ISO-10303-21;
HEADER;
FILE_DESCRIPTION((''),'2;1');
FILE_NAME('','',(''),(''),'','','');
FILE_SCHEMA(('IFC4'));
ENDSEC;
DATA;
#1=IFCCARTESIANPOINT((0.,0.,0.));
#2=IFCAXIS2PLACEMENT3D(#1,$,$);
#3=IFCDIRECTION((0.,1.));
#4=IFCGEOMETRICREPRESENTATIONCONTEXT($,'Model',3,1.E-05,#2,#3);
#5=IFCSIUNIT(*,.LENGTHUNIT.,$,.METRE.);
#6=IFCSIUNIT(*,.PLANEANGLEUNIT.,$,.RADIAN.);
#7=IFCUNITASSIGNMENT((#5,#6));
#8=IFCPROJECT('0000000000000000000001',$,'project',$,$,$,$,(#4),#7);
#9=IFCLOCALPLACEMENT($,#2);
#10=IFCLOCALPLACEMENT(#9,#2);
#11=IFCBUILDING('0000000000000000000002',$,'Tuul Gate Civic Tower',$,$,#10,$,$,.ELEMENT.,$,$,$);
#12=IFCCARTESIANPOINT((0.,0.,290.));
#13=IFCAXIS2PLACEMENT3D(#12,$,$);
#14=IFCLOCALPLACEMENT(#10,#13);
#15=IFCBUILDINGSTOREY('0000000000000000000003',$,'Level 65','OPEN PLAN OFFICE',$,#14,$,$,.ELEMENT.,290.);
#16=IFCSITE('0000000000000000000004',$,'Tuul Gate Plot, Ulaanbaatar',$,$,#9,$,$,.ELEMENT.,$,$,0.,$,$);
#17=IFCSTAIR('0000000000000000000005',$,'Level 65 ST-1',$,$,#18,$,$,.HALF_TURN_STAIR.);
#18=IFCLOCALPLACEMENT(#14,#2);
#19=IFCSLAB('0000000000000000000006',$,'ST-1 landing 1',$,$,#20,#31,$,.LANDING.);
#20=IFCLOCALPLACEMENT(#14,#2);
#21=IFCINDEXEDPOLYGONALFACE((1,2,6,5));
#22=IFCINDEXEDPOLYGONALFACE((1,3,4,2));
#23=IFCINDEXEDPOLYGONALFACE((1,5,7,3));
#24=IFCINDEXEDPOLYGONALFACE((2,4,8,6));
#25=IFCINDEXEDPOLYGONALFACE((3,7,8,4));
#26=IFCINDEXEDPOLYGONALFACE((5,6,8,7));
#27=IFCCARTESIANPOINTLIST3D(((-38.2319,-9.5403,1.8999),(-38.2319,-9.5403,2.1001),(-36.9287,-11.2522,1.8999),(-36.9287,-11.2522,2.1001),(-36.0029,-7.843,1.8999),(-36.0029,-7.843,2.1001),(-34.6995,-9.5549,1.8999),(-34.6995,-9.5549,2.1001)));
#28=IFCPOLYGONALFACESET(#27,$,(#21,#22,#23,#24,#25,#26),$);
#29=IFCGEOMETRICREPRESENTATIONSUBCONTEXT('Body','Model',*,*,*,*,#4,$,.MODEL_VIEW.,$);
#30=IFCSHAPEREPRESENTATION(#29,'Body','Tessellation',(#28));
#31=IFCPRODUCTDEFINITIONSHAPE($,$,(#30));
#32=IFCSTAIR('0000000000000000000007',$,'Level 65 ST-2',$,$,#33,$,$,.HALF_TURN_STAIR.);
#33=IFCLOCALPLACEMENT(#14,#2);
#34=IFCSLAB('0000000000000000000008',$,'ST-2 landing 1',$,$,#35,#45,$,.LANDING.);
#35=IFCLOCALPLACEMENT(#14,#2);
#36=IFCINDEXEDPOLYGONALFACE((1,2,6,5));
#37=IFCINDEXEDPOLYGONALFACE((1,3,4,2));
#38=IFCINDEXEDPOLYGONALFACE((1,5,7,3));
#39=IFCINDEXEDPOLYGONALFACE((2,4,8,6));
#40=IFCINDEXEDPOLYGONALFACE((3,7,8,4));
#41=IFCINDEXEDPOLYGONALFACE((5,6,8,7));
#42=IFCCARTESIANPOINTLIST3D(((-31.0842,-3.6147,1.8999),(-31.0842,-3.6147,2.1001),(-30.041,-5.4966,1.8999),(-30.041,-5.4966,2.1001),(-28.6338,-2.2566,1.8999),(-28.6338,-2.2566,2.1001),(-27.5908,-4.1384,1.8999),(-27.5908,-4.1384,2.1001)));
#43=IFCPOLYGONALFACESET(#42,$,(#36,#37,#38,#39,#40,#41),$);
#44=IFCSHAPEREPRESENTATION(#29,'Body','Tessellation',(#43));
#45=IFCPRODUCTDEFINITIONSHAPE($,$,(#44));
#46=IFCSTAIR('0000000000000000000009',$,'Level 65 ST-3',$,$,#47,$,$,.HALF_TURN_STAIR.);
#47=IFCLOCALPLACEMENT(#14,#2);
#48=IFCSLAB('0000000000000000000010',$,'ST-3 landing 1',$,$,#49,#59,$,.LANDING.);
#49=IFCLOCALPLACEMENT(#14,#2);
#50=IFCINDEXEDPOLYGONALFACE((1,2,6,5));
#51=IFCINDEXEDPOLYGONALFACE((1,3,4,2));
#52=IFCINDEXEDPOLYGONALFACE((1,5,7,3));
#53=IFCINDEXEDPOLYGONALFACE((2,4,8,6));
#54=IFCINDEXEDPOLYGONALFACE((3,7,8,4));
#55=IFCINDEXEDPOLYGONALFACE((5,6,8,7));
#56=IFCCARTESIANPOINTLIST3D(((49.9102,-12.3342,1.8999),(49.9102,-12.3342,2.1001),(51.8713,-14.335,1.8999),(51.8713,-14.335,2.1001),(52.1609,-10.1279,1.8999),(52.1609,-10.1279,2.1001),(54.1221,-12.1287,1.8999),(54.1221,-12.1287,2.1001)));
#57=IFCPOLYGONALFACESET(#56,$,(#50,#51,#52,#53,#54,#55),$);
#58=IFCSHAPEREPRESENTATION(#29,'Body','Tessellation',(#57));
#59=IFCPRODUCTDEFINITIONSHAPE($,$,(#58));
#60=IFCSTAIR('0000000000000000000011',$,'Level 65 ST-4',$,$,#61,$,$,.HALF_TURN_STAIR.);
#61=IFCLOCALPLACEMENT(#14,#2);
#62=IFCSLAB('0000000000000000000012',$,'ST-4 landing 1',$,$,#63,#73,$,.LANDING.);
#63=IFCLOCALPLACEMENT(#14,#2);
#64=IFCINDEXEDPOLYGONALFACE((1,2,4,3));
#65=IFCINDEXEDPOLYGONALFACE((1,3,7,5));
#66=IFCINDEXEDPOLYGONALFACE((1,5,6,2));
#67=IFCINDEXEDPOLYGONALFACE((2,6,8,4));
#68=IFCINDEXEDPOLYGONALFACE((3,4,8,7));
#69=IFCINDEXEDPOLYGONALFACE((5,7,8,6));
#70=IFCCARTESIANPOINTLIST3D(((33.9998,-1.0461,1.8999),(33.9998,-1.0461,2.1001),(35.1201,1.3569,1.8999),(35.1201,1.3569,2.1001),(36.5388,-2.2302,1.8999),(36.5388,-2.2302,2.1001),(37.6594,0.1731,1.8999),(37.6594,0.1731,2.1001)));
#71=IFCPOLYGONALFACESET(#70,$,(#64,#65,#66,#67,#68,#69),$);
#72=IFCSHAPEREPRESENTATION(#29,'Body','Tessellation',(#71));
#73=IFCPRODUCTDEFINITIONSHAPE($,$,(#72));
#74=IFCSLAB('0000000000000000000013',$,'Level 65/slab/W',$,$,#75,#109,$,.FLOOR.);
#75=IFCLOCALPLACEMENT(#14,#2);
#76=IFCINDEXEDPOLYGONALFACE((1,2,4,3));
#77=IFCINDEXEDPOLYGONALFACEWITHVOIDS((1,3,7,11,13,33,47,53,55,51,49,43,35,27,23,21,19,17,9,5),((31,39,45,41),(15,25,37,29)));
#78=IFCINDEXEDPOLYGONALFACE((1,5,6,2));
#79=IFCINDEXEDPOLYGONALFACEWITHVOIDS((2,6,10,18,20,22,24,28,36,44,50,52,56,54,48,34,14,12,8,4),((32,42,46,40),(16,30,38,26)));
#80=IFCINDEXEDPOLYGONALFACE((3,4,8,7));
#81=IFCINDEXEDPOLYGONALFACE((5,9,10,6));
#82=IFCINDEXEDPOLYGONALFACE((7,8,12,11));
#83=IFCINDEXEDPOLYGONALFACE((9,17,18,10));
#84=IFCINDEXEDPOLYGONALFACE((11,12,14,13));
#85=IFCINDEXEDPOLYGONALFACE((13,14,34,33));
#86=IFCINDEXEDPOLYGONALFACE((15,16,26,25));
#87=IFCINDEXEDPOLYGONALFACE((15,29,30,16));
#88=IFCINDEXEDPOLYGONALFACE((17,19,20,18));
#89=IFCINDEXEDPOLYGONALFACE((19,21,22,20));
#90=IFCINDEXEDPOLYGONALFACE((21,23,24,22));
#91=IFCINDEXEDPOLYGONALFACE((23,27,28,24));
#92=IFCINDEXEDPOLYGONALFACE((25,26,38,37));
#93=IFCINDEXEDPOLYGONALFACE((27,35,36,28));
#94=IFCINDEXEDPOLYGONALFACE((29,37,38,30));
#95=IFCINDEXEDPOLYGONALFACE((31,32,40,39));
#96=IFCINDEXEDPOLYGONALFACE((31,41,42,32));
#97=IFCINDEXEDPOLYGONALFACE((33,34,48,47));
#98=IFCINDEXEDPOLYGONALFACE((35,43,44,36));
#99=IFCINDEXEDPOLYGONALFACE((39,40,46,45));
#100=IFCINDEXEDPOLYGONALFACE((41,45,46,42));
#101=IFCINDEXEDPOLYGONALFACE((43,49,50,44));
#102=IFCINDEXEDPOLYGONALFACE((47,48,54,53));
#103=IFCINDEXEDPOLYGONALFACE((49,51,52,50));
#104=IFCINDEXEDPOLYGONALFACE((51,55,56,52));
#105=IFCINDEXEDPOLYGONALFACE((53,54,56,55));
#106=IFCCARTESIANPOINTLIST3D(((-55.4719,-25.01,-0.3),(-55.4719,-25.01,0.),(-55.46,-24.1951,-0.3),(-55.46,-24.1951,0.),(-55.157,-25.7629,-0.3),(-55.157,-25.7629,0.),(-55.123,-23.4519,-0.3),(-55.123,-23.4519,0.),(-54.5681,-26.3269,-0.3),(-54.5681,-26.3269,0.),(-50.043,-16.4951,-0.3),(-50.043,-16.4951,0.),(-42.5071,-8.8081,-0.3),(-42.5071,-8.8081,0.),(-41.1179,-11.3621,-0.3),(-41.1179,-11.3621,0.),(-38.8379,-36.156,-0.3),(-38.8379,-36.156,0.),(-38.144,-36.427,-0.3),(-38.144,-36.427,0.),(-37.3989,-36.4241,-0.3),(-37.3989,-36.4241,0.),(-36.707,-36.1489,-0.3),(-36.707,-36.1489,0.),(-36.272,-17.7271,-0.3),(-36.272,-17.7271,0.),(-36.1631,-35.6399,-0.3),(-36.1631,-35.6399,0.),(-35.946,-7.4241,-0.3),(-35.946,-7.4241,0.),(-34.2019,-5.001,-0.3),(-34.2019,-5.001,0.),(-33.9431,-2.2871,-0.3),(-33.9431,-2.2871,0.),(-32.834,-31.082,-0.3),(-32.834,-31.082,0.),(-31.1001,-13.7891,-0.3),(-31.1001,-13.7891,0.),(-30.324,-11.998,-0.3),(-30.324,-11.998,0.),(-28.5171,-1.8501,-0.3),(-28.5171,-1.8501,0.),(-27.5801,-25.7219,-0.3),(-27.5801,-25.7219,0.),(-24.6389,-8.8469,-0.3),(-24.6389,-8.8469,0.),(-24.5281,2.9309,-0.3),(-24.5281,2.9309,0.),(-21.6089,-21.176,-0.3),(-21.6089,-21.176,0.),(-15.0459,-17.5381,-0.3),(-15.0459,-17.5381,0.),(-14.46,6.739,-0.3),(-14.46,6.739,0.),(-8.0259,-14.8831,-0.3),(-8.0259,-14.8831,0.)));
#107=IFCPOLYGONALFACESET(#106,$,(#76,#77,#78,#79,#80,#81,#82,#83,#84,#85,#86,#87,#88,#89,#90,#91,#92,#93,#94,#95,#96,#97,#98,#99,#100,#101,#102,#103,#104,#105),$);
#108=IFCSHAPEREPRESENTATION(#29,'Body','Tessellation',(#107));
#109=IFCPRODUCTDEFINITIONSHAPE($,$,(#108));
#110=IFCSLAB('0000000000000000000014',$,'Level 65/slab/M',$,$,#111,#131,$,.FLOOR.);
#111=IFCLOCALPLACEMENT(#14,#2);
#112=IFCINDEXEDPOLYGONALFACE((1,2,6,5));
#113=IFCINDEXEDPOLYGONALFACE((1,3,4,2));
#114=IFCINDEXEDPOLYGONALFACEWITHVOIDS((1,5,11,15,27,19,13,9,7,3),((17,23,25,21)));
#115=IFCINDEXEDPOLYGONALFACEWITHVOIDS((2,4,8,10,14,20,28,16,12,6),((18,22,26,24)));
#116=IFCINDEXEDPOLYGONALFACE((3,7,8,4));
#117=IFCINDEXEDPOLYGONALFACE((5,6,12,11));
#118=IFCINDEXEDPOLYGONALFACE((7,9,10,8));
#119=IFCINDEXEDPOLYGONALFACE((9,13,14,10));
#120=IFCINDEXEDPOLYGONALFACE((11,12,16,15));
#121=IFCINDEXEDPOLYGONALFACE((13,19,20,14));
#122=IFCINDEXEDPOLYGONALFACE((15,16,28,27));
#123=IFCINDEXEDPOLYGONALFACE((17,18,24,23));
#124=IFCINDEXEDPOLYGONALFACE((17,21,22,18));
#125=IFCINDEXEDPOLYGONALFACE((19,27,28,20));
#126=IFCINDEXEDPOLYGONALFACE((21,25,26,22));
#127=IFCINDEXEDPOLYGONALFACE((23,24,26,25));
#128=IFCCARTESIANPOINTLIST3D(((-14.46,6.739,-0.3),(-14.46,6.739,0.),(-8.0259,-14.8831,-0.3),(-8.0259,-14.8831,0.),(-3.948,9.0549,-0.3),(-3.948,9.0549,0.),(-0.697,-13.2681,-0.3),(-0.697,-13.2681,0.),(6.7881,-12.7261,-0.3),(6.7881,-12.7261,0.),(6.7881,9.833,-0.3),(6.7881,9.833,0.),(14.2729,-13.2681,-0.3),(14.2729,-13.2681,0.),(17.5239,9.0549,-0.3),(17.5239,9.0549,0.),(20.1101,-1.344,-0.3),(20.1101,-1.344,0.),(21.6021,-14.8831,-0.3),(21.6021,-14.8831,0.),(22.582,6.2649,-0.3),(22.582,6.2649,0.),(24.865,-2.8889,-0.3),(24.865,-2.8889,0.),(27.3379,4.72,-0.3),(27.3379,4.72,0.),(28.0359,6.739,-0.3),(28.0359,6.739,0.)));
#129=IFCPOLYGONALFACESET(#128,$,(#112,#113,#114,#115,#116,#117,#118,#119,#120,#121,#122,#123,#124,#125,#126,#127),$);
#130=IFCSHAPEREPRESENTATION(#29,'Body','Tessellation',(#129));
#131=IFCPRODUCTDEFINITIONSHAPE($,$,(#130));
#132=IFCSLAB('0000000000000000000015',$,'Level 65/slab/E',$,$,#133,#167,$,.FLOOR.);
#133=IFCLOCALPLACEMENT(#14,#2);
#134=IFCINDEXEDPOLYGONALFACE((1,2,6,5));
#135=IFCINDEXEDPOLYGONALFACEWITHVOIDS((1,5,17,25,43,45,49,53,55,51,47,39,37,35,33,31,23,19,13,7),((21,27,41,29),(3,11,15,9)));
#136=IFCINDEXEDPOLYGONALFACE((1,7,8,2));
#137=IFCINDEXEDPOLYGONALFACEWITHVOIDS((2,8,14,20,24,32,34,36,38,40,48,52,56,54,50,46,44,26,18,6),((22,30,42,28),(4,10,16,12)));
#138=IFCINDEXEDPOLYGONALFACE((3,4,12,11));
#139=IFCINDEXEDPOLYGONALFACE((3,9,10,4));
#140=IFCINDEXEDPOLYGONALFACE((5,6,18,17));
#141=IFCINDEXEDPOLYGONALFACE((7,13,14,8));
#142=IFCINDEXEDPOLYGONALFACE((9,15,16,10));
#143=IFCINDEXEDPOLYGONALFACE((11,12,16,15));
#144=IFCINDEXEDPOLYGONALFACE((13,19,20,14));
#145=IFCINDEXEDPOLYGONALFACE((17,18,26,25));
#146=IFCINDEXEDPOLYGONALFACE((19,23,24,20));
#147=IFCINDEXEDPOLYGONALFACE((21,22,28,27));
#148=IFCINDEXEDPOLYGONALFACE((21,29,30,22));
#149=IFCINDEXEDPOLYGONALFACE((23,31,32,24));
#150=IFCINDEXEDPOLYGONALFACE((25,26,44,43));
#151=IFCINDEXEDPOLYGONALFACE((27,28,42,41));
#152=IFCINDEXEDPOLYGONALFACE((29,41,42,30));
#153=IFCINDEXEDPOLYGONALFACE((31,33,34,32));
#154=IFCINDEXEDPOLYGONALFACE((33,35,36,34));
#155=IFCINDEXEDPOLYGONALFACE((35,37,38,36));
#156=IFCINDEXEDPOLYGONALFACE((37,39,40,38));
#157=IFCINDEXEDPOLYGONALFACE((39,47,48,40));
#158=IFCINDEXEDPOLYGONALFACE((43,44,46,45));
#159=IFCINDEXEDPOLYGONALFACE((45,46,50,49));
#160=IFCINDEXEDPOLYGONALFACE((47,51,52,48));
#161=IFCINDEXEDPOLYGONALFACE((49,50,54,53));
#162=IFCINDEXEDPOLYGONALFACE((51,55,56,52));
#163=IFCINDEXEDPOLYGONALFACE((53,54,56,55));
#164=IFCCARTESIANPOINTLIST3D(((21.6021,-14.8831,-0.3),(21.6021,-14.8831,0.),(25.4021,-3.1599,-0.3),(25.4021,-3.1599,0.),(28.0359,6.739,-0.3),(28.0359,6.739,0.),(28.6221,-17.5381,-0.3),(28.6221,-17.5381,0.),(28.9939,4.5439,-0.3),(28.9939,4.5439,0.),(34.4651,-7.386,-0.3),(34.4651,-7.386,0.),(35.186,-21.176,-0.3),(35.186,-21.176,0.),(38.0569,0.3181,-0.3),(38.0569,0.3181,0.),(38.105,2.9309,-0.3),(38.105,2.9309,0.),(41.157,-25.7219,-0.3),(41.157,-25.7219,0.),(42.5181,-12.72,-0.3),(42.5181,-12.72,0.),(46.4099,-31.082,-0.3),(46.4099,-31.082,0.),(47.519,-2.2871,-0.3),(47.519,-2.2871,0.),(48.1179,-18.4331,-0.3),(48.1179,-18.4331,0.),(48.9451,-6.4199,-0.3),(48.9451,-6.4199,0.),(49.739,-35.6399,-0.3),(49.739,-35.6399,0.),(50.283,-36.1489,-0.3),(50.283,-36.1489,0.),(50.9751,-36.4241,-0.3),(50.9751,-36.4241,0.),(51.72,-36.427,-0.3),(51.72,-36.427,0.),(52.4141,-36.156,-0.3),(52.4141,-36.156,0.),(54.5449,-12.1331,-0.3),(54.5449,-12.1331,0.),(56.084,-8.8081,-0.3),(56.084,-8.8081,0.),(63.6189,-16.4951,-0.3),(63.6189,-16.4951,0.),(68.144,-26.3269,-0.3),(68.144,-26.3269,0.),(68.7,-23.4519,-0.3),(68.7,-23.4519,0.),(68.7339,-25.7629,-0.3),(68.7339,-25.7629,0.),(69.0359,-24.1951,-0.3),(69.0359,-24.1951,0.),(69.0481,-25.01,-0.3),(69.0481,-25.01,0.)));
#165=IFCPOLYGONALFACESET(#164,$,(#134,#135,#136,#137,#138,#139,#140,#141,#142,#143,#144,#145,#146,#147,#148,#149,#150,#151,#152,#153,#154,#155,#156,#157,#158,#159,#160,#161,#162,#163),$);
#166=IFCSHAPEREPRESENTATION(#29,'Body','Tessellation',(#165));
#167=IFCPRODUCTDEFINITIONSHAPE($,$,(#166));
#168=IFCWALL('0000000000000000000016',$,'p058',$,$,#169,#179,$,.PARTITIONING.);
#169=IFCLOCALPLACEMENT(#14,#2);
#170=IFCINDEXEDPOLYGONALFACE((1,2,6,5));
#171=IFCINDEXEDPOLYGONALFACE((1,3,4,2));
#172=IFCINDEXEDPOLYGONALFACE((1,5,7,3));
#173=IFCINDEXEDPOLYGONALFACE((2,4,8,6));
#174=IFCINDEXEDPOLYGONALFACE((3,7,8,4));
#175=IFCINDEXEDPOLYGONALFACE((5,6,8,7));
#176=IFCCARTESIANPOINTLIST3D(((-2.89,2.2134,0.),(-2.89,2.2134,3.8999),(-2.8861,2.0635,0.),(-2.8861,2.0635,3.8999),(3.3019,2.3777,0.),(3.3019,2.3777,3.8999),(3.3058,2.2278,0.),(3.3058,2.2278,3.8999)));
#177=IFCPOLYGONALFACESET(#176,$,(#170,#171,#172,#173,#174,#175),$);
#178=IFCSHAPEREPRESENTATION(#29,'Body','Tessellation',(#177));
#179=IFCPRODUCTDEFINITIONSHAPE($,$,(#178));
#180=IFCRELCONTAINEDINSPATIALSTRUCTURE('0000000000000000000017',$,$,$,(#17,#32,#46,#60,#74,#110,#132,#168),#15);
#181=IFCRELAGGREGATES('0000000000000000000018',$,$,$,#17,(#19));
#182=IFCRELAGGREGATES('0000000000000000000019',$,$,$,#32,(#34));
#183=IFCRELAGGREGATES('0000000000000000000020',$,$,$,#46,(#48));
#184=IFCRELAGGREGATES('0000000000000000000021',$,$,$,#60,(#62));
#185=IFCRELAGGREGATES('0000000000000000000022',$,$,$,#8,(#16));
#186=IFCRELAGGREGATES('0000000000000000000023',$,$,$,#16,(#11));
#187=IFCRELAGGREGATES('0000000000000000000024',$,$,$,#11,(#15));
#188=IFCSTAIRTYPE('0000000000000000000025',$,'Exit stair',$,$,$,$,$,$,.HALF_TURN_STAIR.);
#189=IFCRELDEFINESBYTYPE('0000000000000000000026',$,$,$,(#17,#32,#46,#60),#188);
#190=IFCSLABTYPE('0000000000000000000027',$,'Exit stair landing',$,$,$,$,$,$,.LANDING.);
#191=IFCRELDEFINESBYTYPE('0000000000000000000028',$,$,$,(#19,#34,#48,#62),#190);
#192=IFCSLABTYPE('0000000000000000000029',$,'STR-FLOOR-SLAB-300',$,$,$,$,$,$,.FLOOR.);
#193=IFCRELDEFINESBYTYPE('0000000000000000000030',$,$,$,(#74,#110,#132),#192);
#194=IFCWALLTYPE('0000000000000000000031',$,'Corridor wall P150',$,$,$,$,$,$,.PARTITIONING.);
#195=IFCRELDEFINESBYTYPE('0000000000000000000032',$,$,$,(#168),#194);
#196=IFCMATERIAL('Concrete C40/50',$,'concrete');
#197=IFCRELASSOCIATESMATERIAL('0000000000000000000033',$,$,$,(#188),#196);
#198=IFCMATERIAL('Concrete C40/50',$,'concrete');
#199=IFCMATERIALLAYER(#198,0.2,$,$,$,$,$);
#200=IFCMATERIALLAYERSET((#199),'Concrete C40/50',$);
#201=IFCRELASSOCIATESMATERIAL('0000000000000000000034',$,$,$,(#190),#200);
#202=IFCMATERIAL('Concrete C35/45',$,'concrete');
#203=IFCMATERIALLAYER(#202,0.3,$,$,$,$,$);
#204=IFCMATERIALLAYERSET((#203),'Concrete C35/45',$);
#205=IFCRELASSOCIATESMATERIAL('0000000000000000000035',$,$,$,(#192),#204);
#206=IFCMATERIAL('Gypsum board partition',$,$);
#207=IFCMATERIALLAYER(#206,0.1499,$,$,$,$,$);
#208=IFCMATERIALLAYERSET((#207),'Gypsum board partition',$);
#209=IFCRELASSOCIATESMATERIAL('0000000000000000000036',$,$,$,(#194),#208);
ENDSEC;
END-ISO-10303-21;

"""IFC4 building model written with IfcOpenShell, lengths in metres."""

from ifc_helpers import new_model, si_unit, direction, frame, frame_2d, origin, place, context, subcontext, project, spatial, polyline, rectangle, outline, extrude, material, layer, layer_set, type_object, element, aggregate, save


model = new_model("IFC4")

# Units and contexts
model_context = context("Model", 3, precision=1e-05, world=origin(), true_north=direction((0.0, 1.0)))
body_context = subcontext(model_context, "Body", "Model", "MODEL_VIEW")
ifc_project = project(units=[si_unit("LENGTHUNIT", "METRE"), si_unit("PLANEANGLEUNIT", "RADIAN")], contexts=[model_context])

# Site, building, storey
site_placement = place(None, origin())
site = spatial("IfcSite", under=ifc_project, at=site_placement, Name="Tuul Gate Plot, Ulaanbaatar", CompositionType="ELEMENT", RefElevation=0.0)
building_placement = place(site_placement, origin())
building = spatial("IfcBuilding", under=site, at=building_placement, Name="Tuul Gate Civic Tower", CompositionType="ELEMENT")
storey_placement = place(building_placement, frame((0.0, 0.0, 290.0)))
storey = spatial("IfcBuildingStorey", under=building, at=storey_placement, Name="Level 65", Description="OPEN PLAN OFFICE", CompositionType="ELEMENT", Elevation=290.0)

# Stairs, slabs
ifc_material_1 = material(Name="Concrete C40/50", Category="concrete")
stair_type = type_object("IfcStairType", Name="Exit stair", PredefinedType="HALF_TURN_STAIR", material=ifc_material_1)
stair_1_placement = place(storey_placement, origin())
stair_1 = element("IfcStair", 1, at=stair_1_placement, inside=storey, type_object=stair_type, Name="Level 65 ST-1", PredefinedType="HALF_TURN_STAIR")
ifc_material_2 = material(Name="Concrete C40/50", Category="concrete")
ifc_layer_1 = layer(ifc_material_2, 0.2)
ifc_layer_set_1 = layer_set([ifc_layer_1], Name="Concrete C40/50")
slab_type_1 = type_object("IfcSlabType", Name="Exit stair landing", PredefinedType="LANDING", material=ifc_layer_set_1)
slab_1_placement = place(storey_placement, frame((0.0, 0.0, 1.8999)))
slab_1 = element("IfcSlab", 2, at=slab_1_placement, type_object=slab_type_1, Name="ST-1 landing 1", PredefinedType="LANDING", context=body_context, shape_type="SweptSolid", body=[
    extrude(outline(polyline([(-34.6995, -9.5549), (-36.9287, -11.2522), (-38.2319, -9.5403), (-36.0029, -7.843), (-34.6995, -9.5549)])), origin(), (0.0, 0.0, 1.0), 0.2002),
])
aggregate(stair_1, [slab_1])
stair_2_placement = place(storey_placement, origin())
stair_2 = element("IfcStair", 3, at=stair_2_placement, inside=storey, type_object=stair_type, Name="Level 65 ST-2", PredefinedType="HALF_TURN_STAIR")
slab_2_placement = place(storey_placement, frame((0.0, 0.0, 1.8999)))
slab_2 = element("IfcSlab", 4, at=slab_2_placement, type_object=slab_type_1, Name="ST-2 landing 1", PredefinedType="LANDING", context=body_context, shape_type="SweptSolid", body=[
    extrude(outline(polyline([(-27.5908, -4.1384), (-30.041, -5.4966), (-31.0842, -3.6147), (-28.6338, -2.2566), (-27.5908, -4.1384)])), origin(), (0.0, 0.0, 1.0), 0.2002),
])
aggregate(stair_2, [slab_2])
stair_3_placement = place(storey_placement, origin())
stair_3 = element("IfcStair", 5, at=stair_3_placement, inside=storey, type_object=stair_type, Name="Level 65 ST-3", PredefinedType="HALF_TURN_STAIR")
slab_3_placement = place(storey_placement, frame((0.0, 0.0, 1.8999)))
slab_3 = element("IfcSlab", 6, at=slab_3_placement, type_object=slab_type_1, Name="ST-3 landing 1", PredefinedType="LANDING", context=body_context, shape_type="SweptSolid", body=[
    extrude(outline(polyline([(51.8713, -14.335), (49.9102, -12.3342), (52.1609, -10.1279), (54.1221, -12.1287), (51.8713, -14.335)])), origin(), (0.0, 0.0, 1.0), 0.2002),
])
aggregate(stair_3, [slab_3])
stair_4_placement = place(storey_placement, origin())
stair_4 = element("IfcStair", 7, at=stair_4_placement, inside=storey, type_object=stair_type, Name="Level 65 ST-4", PredefinedType="HALF_TURN_STAIR")
slab_4_placement = place(storey_placement, frame((0.0, 0.0, 1.8999)))
slab_4 = element("IfcSlab", 8, at=slab_4_placement, type_object=slab_type_1, Name="ST-4 landing 1", PredefinedType="LANDING", context=body_context, shape_type="SweptSolid", body=[
    extrude(outline(polyline([(36.5388, -2.2302), (33.9998, -1.0461), (35.1201, 1.3569), (37.6594, 0.1731), (36.5388, -2.2302)])), origin(), (0.0, 0.0, 1.0), 0.2002),
])
aggregate(stair_4, [slab_4])

# Slabs
ifc_material_3 = material(Name="Concrete C35/45", Category="concrete")
ifc_layer_2 = layer(ifc_material_3, 0.3)
ifc_layer_set_2 = layer_set([ifc_layer_2], Name="Concrete C35/45")
slab_type_2 = type_object("IfcSlabType", Name="STR-FLOOR-SLAB-300", PredefinedType="FLOOR", material=ifc_layer_set_2)
slab_5_placement = place(storey_placement, frame((0.0, 0.0, -0.3)))
element("IfcSlab", 9, at=slab_5_placement, inside=storey, type_object=slab_type_2, Name="Level 65/slab/W", PredefinedType="FLOOR", context=body_context, shape_type="SweptSolid", body=[
    extrude(outline(polyline([(-8.0259, -14.8831), (-14.46, 6.739), (-24.5281, 2.9309), (-33.9431, -2.2871), (-42.5071, -8.8081), (-50.043, -16.4951), (-55.123, -23.4519), (-55.46, -24.1951), (-55.4719, -25.01), (-55.157, -25.7629), (-54.5681, -26.3269), (-38.8379, -36.156), (-38.144, -36.427), (-37.3989, -36.4241), (-36.707, -36.1489), (-36.1631, -35.6399), (-32.834, -31.082), (-27.5801, -25.7219), (-21.6089, -21.176), (-15.0459, -17.5381), (-8.0259, -14.8831)]), holes=[polyline([(-31.1001, -13.7891), (-36.272, -17.7271), (-41.1179, -11.3621), (-35.946, -7.4241), (-31.1001, -13.7891)]), polyline([(-24.6389, -8.8469), (-30.324, -11.998), (-34.2019, -5.001), (-28.5171, -1.8501), (-24.6389, -8.8469)])]), origin(), (0.0, 0.0, 1.0), 0.3),
])
slab_6_placement = place(storey_placement, frame((0.0, 0.0, -0.3)))
element("IfcSlab", 10, at=slab_6_placement, inside=storey, type_object=slab_type_2, Name="Level 65/slab/M", PredefinedType="FLOOR", context=body_context, shape_type="SweptSolid", body=[
    extrude(outline(polyline([(21.6021, -14.8831), (28.0359, 6.739), (17.5239, 9.0549), (6.7881, 9.833), (-3.948, 9.0549), (-14.46, 6.739), (-8.0259, -14.8831), (-0.697, -13.2681), (6.7881, -12.7261), (14.2729, -13.2681), (21.6021, -14.8831)]), holes=[polyline([(20.1101, -1.344), (22.582, 6.2649), (27.3379, 4.72), (24.865, -2.8889), (20.1101, -1.344)])]), origin(), (0.0, 0.0, 1.0), 0.3),
])
slab_7_placement = place(storey_placement, frame((0.0, 0.0, -0.3)))
element("IfcSlab", 11, at=slab_7_placement, inside=storey, type_object=slab_type_2, Name="Level 65/slab/E", PredefinedType="FLOOR", context=body_context, shape_type="SweptSolid", body=[
    extrude(outline(polyline([(51.72, -36.427), (52.4141, -36.156), (68.144, -26.3269), (68.7339, -25.7629), (69.0481, -25.01), (69.0359, -24.1951), (68.7, -23.4519), (63.6189, -16.4951), (56.084, -8.8081), (47.519, -2.2871), (38.105, 2.9309), (28.0359, 6.739), (21.6021, -14.8831), (28.6221, -17.5381), (35.186, -21.176), (41.157, -25.7219), (46.4099, -31.082), (49.739, -35.6399), (50.283, -36.1489), (50.9751, -36.4241), (51.72, -36.427)]), holes=[polyline([(48.1179, -18.4331), (42.5181, -12.72), (48.9451, -6.4199), (54.5449, -12.1331), (48.1179, -18.4331)]), polyline([(25.4021, -3.1599), (28.9939, 4.5439), (38.0569, 0.3181), (34.4651, -7.386), (25.4021, -3.1599)])]), origin(), (0.0, 0.0, 1.0), 0.3),
])

# Wall
ifc_material_4 = material(Name="Gypsum board partition")
ifc_layer_3 = layer(ifc_material_4, 0.1499)
ifc_layer_set_3 = layer_set([ifc_layer_3], Name="Gypsum board partition")
wall_type_1 = type_object("IfcWallType", Name="Corridor wall P150", PredefinedType="PARTITIONING", material=ifc_layer_set_3)
wall_1_placement = place(storey_placement, frame((-2.8882, 2.1384, 0.0), z_axis=(0.0, 0.0, 1.0), x_axis=(0.999648, 0.026526, 0.0)))
element("IfcWall", 12, at=wall_1_placement, inside=storey, type_object=wall_type_1, Name="p058", PredefinedType="PARTITIONING", context=body_context, shape_type="SweptSolid", body=[
    extrude(rectangle(XDim=6.1941, YDim=0.1499, at=frame_2d((3.0972, 0.0))), origin(), (0.0, 0.0, 1.0), 3.8999),
])

save(model, "model.ifc")
